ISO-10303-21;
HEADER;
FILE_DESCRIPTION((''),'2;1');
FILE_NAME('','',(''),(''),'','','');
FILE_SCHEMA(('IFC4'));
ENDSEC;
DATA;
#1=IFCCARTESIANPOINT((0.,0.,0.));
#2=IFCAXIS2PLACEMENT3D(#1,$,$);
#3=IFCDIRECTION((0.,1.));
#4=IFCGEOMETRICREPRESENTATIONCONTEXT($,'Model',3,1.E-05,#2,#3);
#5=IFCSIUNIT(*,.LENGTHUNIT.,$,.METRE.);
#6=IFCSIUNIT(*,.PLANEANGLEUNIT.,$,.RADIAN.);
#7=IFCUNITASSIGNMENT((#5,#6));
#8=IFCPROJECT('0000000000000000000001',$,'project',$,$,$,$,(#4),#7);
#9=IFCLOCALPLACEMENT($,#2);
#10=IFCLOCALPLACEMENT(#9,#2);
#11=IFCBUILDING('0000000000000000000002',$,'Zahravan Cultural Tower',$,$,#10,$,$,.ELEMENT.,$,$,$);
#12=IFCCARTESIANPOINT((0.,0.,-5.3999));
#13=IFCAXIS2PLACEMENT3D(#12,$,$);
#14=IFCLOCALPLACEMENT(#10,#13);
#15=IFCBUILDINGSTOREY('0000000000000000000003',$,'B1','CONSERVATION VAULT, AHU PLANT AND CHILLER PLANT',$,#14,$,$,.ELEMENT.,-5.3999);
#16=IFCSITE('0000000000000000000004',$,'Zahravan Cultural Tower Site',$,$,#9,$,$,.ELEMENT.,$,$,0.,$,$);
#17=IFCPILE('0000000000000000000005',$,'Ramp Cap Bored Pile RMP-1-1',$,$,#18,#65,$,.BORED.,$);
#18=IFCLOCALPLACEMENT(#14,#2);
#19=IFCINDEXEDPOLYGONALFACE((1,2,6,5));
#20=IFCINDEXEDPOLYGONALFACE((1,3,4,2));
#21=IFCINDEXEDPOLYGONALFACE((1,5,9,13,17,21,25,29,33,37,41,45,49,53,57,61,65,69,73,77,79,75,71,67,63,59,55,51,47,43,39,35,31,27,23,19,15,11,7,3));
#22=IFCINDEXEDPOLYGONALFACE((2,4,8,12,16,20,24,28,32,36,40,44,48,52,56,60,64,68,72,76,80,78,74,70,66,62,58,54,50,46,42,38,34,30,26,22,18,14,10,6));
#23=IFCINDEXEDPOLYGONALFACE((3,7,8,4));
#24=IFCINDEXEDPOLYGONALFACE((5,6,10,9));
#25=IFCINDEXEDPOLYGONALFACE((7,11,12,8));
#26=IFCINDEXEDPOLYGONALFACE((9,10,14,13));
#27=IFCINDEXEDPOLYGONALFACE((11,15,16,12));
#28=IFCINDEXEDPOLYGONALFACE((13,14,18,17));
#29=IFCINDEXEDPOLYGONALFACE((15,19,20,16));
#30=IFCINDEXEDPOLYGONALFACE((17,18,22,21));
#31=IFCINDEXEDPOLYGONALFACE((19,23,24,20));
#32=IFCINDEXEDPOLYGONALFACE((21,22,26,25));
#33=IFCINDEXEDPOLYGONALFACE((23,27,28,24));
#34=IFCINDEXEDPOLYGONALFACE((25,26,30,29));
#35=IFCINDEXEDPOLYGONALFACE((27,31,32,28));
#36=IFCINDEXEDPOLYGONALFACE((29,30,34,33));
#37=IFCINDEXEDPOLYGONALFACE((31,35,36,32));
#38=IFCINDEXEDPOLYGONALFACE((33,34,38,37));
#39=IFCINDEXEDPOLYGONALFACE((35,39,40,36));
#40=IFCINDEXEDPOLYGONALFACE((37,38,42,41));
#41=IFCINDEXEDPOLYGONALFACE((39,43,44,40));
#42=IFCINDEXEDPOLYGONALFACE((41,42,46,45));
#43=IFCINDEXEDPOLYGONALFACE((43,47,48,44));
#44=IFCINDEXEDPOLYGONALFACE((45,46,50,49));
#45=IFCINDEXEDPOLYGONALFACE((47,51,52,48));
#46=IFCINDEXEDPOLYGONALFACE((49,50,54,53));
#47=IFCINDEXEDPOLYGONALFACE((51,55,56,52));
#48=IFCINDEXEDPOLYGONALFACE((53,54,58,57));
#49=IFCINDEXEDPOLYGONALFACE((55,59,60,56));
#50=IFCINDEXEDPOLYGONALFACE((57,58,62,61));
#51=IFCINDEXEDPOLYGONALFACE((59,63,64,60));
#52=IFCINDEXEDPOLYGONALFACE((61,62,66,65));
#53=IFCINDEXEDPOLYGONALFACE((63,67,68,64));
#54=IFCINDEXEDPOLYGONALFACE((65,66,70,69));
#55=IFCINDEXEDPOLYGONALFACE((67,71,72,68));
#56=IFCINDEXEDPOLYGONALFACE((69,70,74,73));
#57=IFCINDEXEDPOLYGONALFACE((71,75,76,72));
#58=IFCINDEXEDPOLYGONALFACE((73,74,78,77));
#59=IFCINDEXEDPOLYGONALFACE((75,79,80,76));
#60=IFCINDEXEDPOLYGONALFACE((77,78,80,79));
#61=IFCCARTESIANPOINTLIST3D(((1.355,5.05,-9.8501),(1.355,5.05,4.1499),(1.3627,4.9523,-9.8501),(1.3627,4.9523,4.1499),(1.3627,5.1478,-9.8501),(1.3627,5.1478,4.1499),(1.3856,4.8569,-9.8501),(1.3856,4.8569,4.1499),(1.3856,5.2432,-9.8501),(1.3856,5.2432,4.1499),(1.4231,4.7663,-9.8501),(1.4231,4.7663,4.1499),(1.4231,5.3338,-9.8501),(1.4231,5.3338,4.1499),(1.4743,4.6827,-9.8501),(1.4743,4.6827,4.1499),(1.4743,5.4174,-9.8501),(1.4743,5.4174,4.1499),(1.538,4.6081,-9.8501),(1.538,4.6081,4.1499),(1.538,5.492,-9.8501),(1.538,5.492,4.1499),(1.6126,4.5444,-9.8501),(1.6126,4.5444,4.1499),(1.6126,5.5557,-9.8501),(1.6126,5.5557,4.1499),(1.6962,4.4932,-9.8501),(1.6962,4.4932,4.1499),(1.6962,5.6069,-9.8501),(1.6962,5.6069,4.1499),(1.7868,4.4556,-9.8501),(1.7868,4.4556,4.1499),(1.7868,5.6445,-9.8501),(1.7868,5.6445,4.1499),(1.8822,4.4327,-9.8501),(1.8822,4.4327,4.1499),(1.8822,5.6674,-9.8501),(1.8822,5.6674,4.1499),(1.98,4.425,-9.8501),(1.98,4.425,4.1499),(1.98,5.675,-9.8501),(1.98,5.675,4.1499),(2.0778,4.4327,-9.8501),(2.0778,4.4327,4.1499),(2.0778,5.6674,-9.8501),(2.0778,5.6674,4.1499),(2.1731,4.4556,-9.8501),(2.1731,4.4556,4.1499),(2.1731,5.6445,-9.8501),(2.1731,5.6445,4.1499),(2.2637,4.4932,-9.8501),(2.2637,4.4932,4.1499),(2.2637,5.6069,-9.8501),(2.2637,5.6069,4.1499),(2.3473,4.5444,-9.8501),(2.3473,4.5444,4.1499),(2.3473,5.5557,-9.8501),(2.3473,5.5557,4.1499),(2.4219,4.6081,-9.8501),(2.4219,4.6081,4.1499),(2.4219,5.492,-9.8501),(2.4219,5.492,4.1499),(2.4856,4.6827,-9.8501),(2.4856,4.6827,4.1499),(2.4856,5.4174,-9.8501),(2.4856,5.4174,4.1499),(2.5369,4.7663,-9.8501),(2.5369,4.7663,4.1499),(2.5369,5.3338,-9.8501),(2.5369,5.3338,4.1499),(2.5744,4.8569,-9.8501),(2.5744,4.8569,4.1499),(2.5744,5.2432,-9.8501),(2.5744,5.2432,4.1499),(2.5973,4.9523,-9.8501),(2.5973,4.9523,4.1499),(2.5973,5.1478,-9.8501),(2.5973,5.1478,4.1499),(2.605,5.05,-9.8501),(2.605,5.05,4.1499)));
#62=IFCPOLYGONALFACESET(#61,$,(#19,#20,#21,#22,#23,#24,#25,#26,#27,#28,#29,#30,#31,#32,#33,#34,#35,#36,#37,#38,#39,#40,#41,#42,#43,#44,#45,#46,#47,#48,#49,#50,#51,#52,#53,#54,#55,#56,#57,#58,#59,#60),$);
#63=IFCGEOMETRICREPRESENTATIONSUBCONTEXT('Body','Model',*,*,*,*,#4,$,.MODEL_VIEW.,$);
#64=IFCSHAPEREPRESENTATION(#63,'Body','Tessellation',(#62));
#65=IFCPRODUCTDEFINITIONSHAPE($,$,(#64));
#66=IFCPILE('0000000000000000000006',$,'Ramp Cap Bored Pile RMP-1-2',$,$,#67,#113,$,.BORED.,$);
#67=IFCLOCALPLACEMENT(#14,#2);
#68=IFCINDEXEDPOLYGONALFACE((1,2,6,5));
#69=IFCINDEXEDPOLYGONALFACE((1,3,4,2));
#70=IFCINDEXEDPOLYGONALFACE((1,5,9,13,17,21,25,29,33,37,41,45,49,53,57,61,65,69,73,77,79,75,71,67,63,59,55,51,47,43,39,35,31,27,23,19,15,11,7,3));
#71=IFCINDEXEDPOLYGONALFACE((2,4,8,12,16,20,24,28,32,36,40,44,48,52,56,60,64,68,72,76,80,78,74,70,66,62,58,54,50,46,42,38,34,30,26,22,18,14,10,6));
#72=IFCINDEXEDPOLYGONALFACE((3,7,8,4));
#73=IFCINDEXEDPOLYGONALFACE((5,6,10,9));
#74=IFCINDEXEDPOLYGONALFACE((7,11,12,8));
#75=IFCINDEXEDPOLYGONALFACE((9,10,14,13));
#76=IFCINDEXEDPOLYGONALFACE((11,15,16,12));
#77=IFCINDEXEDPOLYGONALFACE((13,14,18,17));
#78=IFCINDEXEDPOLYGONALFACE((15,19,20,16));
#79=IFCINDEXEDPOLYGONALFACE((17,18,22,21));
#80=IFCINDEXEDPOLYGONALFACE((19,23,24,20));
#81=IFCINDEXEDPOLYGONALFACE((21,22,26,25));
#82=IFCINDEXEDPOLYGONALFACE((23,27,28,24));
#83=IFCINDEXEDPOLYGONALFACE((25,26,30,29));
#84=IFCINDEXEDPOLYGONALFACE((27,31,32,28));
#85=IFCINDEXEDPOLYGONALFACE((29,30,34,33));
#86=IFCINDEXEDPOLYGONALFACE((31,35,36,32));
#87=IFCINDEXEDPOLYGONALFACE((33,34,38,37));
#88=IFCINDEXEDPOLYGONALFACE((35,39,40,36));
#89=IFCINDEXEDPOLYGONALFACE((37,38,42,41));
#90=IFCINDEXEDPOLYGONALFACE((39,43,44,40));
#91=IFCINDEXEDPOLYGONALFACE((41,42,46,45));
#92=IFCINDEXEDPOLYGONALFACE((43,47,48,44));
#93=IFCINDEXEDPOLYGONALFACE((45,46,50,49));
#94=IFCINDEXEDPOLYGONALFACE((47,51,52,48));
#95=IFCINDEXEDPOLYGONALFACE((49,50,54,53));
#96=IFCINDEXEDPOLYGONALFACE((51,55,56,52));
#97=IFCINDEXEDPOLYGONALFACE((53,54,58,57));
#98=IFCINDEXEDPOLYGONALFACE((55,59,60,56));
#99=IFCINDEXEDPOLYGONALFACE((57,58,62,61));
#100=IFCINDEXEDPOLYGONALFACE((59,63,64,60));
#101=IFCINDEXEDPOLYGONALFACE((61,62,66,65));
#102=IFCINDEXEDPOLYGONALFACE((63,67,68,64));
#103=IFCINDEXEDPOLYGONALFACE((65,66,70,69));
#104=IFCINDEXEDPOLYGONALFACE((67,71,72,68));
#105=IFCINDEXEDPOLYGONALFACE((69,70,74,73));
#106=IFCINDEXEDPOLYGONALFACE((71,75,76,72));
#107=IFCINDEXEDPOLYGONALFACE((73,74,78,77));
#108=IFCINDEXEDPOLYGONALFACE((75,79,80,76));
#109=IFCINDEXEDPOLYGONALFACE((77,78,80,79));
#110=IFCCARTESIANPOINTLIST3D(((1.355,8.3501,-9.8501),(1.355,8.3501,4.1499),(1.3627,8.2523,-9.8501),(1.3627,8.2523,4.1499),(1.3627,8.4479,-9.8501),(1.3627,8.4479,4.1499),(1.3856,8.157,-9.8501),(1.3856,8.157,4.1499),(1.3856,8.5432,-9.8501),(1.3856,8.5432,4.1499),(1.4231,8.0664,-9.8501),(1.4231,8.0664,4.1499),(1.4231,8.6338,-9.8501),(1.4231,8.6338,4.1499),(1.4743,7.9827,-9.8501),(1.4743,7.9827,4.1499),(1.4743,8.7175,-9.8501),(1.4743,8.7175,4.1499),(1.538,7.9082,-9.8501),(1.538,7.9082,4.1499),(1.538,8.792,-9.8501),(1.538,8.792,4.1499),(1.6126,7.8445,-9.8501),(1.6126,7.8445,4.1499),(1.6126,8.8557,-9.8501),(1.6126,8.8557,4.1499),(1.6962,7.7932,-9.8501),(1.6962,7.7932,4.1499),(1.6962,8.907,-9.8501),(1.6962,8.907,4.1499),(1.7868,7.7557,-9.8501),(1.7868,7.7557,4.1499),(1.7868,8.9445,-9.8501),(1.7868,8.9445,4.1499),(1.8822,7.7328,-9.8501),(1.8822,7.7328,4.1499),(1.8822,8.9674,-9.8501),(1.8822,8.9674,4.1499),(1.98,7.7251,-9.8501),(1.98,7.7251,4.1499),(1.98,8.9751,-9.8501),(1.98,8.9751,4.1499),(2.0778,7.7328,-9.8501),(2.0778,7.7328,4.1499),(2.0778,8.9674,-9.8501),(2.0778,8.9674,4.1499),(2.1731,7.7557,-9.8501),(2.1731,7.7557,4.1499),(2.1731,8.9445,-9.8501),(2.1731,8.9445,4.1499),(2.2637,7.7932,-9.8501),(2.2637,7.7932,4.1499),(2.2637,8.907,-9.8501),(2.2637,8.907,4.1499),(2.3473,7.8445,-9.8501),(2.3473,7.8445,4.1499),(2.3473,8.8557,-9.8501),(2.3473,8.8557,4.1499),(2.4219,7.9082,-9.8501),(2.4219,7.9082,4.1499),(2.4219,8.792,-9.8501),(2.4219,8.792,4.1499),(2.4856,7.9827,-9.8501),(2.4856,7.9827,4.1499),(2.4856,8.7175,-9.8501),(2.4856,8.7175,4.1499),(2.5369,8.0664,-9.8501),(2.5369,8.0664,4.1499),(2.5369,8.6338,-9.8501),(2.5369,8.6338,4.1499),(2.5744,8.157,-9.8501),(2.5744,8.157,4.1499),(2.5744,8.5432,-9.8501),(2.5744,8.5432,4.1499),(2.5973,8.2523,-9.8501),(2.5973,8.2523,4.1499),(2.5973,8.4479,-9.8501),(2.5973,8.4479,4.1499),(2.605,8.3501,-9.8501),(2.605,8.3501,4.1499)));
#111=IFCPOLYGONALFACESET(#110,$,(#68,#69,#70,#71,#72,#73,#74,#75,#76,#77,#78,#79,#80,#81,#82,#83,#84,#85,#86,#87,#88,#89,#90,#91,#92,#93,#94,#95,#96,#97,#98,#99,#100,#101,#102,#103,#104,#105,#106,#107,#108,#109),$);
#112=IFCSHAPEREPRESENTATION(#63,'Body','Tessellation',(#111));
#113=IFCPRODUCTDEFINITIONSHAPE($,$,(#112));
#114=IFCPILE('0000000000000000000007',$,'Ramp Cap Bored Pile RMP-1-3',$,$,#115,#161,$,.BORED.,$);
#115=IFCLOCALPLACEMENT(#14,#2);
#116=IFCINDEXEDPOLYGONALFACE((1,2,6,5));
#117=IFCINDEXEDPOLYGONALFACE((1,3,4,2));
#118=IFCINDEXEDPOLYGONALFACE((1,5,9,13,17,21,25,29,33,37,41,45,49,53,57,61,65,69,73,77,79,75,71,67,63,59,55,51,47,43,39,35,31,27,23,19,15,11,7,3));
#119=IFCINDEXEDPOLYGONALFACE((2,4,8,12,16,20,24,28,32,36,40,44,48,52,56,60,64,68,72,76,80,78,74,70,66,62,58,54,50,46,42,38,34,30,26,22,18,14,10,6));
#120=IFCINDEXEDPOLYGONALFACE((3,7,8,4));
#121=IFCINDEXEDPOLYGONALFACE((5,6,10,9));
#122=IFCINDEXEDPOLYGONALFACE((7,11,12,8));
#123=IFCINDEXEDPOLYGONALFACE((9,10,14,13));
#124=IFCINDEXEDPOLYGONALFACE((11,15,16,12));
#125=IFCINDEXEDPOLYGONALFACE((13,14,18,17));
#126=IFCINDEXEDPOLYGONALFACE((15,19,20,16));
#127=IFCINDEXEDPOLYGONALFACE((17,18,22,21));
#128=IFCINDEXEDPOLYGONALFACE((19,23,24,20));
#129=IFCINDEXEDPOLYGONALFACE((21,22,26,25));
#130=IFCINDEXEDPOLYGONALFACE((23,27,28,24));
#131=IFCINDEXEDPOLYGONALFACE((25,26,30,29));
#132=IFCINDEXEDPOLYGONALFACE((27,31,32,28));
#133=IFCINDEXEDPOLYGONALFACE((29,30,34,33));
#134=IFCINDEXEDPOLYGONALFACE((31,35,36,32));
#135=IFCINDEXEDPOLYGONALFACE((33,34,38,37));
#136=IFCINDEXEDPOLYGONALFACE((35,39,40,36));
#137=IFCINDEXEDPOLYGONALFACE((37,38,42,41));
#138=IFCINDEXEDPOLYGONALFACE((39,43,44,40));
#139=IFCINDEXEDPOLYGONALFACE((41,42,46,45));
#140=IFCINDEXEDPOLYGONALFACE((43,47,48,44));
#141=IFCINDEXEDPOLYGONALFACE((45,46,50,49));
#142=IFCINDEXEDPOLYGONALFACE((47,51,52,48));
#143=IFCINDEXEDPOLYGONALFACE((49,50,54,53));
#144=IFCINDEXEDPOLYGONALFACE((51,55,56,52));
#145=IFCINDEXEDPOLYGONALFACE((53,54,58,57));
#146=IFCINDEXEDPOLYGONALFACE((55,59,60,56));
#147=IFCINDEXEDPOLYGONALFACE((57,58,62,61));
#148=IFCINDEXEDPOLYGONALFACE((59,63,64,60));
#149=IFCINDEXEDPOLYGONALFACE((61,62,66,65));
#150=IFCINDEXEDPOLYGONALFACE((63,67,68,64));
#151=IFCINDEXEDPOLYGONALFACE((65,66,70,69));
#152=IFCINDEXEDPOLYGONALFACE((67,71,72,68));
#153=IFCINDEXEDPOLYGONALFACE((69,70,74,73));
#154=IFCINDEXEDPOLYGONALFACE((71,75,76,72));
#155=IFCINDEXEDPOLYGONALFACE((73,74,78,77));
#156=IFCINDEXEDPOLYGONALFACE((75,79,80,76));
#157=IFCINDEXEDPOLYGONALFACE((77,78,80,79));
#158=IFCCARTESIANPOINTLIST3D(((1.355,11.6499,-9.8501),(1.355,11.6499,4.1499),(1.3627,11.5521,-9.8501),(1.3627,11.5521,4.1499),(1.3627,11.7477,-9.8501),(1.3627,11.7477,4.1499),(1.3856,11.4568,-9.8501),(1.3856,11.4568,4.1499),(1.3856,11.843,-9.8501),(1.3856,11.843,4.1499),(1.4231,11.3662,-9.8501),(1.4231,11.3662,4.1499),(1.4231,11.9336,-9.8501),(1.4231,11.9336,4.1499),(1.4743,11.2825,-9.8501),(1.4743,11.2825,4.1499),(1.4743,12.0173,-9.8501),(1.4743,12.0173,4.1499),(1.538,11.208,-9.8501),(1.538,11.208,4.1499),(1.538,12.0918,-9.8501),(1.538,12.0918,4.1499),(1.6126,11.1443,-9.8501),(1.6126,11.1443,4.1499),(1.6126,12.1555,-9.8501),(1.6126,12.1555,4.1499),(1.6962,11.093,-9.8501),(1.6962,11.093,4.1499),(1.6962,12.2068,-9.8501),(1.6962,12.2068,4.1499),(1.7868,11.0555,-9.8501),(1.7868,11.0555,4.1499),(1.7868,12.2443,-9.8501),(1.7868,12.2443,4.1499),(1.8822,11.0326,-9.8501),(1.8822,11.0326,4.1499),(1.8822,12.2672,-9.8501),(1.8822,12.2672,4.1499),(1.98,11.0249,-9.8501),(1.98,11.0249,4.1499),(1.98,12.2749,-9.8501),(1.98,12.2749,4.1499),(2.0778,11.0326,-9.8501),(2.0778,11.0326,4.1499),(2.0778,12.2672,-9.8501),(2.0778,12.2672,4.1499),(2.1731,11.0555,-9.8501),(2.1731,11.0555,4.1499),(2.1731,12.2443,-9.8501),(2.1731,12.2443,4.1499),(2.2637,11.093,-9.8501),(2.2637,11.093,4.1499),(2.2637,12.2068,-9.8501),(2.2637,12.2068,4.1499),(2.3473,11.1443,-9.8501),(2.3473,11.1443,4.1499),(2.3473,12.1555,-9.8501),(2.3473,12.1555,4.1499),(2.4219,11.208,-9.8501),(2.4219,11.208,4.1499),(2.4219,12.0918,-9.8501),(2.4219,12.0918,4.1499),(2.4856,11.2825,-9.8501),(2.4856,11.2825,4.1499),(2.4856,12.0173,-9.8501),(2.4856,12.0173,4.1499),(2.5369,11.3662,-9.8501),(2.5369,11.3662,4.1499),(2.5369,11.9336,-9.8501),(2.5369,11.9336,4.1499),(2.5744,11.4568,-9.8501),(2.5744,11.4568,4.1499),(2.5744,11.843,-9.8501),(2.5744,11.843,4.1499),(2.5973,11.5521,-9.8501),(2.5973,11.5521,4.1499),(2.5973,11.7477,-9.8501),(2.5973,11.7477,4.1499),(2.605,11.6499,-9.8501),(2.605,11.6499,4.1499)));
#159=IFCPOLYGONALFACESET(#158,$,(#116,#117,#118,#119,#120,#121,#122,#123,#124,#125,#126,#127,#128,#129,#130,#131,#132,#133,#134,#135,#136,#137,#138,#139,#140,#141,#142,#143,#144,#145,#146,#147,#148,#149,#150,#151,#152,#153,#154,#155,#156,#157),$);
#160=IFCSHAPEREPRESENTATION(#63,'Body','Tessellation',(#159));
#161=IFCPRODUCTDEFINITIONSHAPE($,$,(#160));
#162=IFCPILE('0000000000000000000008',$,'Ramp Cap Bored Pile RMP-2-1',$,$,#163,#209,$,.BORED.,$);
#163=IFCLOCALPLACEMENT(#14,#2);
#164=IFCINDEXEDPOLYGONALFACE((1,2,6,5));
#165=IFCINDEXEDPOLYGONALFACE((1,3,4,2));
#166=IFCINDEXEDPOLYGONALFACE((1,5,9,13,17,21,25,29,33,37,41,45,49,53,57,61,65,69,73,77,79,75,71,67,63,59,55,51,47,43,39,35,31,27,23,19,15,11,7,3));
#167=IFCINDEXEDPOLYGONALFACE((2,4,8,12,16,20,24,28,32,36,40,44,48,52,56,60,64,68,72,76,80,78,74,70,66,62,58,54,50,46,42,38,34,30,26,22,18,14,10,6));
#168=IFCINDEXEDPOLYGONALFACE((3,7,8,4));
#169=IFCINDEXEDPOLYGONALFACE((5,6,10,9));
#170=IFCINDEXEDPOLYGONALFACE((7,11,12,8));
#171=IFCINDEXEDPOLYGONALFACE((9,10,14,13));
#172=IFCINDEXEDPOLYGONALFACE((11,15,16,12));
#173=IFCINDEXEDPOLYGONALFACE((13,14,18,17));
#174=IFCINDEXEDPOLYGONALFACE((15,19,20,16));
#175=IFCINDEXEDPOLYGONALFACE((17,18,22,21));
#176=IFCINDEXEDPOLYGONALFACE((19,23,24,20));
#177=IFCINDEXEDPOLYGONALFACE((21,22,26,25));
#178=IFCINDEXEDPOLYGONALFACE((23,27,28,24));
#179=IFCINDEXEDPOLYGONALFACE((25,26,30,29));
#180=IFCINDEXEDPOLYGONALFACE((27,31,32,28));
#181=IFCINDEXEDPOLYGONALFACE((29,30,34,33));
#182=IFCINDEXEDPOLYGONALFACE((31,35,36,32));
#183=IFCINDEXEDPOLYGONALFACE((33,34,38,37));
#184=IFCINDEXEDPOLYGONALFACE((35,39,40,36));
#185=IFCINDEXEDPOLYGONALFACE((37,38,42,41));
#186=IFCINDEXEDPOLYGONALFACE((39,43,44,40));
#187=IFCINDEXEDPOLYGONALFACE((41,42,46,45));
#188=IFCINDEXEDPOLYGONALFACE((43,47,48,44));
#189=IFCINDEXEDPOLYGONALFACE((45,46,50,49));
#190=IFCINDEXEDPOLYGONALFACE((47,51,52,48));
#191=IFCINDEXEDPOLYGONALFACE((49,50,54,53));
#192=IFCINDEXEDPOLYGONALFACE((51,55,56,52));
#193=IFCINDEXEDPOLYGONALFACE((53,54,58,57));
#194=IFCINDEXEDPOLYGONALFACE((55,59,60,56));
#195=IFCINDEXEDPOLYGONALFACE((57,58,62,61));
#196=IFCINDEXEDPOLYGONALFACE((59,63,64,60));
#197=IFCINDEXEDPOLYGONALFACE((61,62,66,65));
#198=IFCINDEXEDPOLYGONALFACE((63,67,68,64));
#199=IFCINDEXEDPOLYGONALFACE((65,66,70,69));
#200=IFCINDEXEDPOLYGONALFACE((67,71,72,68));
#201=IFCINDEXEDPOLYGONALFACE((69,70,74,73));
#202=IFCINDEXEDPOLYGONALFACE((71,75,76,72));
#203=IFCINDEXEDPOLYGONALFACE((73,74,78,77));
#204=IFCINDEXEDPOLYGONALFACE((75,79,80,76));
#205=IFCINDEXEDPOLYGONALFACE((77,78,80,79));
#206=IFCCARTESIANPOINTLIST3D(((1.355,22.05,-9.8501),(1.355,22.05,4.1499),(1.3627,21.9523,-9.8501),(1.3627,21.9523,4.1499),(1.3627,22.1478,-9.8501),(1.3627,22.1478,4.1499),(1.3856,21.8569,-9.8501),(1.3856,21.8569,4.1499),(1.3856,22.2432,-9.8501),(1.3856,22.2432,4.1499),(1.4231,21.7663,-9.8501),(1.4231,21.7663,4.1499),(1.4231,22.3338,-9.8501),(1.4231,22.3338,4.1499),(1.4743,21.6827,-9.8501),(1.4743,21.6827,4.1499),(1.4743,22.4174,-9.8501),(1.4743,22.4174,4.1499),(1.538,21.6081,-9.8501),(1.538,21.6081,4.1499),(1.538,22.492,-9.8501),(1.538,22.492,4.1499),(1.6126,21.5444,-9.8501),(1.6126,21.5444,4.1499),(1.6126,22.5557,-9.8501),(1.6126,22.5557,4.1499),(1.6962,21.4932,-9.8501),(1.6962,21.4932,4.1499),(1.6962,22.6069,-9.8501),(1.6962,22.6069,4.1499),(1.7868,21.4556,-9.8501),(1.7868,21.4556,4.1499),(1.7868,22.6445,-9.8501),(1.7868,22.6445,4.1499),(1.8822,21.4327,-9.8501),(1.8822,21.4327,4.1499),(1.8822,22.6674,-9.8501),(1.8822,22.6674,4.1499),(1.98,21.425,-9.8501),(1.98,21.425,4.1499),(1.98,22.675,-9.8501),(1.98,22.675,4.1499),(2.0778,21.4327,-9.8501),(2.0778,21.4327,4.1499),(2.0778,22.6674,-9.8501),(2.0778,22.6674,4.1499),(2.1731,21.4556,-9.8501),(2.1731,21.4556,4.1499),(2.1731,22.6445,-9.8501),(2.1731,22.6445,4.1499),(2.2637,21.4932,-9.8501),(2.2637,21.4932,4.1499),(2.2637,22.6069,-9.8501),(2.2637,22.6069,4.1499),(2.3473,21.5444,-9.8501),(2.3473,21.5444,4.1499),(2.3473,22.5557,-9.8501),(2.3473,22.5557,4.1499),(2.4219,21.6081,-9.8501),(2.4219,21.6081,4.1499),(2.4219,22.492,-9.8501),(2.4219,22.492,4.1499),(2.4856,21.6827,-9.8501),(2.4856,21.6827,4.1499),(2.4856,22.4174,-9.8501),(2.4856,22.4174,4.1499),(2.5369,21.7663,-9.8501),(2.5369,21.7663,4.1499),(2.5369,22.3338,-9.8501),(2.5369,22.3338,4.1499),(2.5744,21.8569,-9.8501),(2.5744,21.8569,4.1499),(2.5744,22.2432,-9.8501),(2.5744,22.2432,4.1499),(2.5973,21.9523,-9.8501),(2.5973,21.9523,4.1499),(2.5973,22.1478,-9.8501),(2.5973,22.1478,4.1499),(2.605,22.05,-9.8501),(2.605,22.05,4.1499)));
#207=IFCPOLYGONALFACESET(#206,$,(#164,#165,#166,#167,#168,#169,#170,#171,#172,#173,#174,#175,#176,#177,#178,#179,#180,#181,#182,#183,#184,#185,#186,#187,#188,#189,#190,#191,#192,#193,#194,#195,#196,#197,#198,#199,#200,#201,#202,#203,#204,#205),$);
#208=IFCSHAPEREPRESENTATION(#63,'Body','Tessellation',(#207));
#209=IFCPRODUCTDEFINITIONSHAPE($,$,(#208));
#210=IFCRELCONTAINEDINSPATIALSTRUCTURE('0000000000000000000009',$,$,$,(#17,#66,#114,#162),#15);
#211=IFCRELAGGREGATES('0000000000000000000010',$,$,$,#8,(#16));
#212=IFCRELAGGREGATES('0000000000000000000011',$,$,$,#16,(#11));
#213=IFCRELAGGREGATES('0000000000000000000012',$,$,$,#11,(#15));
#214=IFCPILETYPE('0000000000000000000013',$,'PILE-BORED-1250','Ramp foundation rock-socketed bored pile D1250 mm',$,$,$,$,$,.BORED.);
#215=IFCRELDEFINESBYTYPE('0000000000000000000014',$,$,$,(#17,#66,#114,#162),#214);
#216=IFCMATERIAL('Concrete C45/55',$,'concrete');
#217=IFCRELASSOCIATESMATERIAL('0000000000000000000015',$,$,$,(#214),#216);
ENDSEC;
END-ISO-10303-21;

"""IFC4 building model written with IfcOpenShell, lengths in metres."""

from ifc_helpers import new_model, si_unit, direction, frame, origin, origin_2d, place, context, subcontext, project, spatial, circle, extrude, material, material_profile, profile_set, type_object, element, save


model = new_model("IFC4")

# Units and contexts
model_context = context("Model", 3, precision=1e-05, world=origin(), true_north=direction((0.0, 1.0)))
body_context = subcontext(model_context, "Body", "Model", "MODEL_VIEW")
ifc_project = project(units=[si_unit("LENGTHUNIT", "METRE"), si_unit("PLANEANGLEUNIT", "RADIAN")], contexts=[model_context])

# Site, building, storey
site_placement = place(None, origin())
site = spatial("IfcSite", under=ifc_project, at=site_placement, Name="Zahravan Cultural Tower Site", CompositionType="ELEMENT", RefElevation=0.0)
building_placement = place(site_placement, origin())
building = spatial("IfcBuilding", under=site, at=building_placement, Name="Zahravan Cultural Tower", CompositionType="ELEMENT")
storey_placement = place(building_placement, frame((0.0, 0.0, -5.3999)))
storey = spatial("IfcBuildingStorey", under=building, at=storey_placement, Name="B1", Description="CONSERVATION VAULT, AHU PLANT AND CHILLER PLANT", CompositionType="ELEMENT", Elevation=-5.3999)

# Piles
ifc_material_1 = material(Name="Concrete C45/55", Category="concrete")
ifc_material_profile_1 = material_profile(ifc_material_1, circle(Radius=0.625, at=origin_2d()), Name="PILE-D1250")
ifc_profile_set_1 = profile_set([ifc_material_profile_1], Name="Concrete C45/55")
pile_type_1 = type_object("IfcPileType", Name="PILE-BORED-1250", Description="Ramp foundation rock-socketed bored pile D1250 mm", PredefinedType="BORED", material=ifc_profile_set_1)
for number, where, z_axis, x_axis, name in (
    (1, (1.98, 5.05, 4.1499), (0.0, 0.0, -1.0), (1.0, 0.0, 0.0), "Ramp Cap Bored Pile RMP-1-1"),
    (2, (1.98, 8.3501, 4.1499), (0.0, 0.0, -1.0), (1.0, 0.0, 0.0), "Ramp Cap Bored Pile RMP-1-2"),
    (3, (1.98, 11.6499, 4.1499), (0.0, 0.0, -1.0), (1.0, 0.0, 0.0), "Ramp Cap Bored Pile RMP-1-3"),
    (4, (1.98, 22.05, 4.1499), (0.0, 0.0, -1.0), (1.0, 0.0, 0.0), "Ramp Cap Bored Pile RMP-2-1"),
):
    element("IfcPile", number, at=place(storey_placement, frame(where, z_axis=z_axis, x_axis=x_axis)), inside=storey, type_object=pile_type_1, Name=name, PredefinedType="BORED", context=body_context, shape_type="SweptSolid", body=[
        extrude(circle(Radius=0.625, at=origin_2d()), origin(), (0.0, 0.0, 1.0), 14.0),
    ])

save(model, "model.ifc")
